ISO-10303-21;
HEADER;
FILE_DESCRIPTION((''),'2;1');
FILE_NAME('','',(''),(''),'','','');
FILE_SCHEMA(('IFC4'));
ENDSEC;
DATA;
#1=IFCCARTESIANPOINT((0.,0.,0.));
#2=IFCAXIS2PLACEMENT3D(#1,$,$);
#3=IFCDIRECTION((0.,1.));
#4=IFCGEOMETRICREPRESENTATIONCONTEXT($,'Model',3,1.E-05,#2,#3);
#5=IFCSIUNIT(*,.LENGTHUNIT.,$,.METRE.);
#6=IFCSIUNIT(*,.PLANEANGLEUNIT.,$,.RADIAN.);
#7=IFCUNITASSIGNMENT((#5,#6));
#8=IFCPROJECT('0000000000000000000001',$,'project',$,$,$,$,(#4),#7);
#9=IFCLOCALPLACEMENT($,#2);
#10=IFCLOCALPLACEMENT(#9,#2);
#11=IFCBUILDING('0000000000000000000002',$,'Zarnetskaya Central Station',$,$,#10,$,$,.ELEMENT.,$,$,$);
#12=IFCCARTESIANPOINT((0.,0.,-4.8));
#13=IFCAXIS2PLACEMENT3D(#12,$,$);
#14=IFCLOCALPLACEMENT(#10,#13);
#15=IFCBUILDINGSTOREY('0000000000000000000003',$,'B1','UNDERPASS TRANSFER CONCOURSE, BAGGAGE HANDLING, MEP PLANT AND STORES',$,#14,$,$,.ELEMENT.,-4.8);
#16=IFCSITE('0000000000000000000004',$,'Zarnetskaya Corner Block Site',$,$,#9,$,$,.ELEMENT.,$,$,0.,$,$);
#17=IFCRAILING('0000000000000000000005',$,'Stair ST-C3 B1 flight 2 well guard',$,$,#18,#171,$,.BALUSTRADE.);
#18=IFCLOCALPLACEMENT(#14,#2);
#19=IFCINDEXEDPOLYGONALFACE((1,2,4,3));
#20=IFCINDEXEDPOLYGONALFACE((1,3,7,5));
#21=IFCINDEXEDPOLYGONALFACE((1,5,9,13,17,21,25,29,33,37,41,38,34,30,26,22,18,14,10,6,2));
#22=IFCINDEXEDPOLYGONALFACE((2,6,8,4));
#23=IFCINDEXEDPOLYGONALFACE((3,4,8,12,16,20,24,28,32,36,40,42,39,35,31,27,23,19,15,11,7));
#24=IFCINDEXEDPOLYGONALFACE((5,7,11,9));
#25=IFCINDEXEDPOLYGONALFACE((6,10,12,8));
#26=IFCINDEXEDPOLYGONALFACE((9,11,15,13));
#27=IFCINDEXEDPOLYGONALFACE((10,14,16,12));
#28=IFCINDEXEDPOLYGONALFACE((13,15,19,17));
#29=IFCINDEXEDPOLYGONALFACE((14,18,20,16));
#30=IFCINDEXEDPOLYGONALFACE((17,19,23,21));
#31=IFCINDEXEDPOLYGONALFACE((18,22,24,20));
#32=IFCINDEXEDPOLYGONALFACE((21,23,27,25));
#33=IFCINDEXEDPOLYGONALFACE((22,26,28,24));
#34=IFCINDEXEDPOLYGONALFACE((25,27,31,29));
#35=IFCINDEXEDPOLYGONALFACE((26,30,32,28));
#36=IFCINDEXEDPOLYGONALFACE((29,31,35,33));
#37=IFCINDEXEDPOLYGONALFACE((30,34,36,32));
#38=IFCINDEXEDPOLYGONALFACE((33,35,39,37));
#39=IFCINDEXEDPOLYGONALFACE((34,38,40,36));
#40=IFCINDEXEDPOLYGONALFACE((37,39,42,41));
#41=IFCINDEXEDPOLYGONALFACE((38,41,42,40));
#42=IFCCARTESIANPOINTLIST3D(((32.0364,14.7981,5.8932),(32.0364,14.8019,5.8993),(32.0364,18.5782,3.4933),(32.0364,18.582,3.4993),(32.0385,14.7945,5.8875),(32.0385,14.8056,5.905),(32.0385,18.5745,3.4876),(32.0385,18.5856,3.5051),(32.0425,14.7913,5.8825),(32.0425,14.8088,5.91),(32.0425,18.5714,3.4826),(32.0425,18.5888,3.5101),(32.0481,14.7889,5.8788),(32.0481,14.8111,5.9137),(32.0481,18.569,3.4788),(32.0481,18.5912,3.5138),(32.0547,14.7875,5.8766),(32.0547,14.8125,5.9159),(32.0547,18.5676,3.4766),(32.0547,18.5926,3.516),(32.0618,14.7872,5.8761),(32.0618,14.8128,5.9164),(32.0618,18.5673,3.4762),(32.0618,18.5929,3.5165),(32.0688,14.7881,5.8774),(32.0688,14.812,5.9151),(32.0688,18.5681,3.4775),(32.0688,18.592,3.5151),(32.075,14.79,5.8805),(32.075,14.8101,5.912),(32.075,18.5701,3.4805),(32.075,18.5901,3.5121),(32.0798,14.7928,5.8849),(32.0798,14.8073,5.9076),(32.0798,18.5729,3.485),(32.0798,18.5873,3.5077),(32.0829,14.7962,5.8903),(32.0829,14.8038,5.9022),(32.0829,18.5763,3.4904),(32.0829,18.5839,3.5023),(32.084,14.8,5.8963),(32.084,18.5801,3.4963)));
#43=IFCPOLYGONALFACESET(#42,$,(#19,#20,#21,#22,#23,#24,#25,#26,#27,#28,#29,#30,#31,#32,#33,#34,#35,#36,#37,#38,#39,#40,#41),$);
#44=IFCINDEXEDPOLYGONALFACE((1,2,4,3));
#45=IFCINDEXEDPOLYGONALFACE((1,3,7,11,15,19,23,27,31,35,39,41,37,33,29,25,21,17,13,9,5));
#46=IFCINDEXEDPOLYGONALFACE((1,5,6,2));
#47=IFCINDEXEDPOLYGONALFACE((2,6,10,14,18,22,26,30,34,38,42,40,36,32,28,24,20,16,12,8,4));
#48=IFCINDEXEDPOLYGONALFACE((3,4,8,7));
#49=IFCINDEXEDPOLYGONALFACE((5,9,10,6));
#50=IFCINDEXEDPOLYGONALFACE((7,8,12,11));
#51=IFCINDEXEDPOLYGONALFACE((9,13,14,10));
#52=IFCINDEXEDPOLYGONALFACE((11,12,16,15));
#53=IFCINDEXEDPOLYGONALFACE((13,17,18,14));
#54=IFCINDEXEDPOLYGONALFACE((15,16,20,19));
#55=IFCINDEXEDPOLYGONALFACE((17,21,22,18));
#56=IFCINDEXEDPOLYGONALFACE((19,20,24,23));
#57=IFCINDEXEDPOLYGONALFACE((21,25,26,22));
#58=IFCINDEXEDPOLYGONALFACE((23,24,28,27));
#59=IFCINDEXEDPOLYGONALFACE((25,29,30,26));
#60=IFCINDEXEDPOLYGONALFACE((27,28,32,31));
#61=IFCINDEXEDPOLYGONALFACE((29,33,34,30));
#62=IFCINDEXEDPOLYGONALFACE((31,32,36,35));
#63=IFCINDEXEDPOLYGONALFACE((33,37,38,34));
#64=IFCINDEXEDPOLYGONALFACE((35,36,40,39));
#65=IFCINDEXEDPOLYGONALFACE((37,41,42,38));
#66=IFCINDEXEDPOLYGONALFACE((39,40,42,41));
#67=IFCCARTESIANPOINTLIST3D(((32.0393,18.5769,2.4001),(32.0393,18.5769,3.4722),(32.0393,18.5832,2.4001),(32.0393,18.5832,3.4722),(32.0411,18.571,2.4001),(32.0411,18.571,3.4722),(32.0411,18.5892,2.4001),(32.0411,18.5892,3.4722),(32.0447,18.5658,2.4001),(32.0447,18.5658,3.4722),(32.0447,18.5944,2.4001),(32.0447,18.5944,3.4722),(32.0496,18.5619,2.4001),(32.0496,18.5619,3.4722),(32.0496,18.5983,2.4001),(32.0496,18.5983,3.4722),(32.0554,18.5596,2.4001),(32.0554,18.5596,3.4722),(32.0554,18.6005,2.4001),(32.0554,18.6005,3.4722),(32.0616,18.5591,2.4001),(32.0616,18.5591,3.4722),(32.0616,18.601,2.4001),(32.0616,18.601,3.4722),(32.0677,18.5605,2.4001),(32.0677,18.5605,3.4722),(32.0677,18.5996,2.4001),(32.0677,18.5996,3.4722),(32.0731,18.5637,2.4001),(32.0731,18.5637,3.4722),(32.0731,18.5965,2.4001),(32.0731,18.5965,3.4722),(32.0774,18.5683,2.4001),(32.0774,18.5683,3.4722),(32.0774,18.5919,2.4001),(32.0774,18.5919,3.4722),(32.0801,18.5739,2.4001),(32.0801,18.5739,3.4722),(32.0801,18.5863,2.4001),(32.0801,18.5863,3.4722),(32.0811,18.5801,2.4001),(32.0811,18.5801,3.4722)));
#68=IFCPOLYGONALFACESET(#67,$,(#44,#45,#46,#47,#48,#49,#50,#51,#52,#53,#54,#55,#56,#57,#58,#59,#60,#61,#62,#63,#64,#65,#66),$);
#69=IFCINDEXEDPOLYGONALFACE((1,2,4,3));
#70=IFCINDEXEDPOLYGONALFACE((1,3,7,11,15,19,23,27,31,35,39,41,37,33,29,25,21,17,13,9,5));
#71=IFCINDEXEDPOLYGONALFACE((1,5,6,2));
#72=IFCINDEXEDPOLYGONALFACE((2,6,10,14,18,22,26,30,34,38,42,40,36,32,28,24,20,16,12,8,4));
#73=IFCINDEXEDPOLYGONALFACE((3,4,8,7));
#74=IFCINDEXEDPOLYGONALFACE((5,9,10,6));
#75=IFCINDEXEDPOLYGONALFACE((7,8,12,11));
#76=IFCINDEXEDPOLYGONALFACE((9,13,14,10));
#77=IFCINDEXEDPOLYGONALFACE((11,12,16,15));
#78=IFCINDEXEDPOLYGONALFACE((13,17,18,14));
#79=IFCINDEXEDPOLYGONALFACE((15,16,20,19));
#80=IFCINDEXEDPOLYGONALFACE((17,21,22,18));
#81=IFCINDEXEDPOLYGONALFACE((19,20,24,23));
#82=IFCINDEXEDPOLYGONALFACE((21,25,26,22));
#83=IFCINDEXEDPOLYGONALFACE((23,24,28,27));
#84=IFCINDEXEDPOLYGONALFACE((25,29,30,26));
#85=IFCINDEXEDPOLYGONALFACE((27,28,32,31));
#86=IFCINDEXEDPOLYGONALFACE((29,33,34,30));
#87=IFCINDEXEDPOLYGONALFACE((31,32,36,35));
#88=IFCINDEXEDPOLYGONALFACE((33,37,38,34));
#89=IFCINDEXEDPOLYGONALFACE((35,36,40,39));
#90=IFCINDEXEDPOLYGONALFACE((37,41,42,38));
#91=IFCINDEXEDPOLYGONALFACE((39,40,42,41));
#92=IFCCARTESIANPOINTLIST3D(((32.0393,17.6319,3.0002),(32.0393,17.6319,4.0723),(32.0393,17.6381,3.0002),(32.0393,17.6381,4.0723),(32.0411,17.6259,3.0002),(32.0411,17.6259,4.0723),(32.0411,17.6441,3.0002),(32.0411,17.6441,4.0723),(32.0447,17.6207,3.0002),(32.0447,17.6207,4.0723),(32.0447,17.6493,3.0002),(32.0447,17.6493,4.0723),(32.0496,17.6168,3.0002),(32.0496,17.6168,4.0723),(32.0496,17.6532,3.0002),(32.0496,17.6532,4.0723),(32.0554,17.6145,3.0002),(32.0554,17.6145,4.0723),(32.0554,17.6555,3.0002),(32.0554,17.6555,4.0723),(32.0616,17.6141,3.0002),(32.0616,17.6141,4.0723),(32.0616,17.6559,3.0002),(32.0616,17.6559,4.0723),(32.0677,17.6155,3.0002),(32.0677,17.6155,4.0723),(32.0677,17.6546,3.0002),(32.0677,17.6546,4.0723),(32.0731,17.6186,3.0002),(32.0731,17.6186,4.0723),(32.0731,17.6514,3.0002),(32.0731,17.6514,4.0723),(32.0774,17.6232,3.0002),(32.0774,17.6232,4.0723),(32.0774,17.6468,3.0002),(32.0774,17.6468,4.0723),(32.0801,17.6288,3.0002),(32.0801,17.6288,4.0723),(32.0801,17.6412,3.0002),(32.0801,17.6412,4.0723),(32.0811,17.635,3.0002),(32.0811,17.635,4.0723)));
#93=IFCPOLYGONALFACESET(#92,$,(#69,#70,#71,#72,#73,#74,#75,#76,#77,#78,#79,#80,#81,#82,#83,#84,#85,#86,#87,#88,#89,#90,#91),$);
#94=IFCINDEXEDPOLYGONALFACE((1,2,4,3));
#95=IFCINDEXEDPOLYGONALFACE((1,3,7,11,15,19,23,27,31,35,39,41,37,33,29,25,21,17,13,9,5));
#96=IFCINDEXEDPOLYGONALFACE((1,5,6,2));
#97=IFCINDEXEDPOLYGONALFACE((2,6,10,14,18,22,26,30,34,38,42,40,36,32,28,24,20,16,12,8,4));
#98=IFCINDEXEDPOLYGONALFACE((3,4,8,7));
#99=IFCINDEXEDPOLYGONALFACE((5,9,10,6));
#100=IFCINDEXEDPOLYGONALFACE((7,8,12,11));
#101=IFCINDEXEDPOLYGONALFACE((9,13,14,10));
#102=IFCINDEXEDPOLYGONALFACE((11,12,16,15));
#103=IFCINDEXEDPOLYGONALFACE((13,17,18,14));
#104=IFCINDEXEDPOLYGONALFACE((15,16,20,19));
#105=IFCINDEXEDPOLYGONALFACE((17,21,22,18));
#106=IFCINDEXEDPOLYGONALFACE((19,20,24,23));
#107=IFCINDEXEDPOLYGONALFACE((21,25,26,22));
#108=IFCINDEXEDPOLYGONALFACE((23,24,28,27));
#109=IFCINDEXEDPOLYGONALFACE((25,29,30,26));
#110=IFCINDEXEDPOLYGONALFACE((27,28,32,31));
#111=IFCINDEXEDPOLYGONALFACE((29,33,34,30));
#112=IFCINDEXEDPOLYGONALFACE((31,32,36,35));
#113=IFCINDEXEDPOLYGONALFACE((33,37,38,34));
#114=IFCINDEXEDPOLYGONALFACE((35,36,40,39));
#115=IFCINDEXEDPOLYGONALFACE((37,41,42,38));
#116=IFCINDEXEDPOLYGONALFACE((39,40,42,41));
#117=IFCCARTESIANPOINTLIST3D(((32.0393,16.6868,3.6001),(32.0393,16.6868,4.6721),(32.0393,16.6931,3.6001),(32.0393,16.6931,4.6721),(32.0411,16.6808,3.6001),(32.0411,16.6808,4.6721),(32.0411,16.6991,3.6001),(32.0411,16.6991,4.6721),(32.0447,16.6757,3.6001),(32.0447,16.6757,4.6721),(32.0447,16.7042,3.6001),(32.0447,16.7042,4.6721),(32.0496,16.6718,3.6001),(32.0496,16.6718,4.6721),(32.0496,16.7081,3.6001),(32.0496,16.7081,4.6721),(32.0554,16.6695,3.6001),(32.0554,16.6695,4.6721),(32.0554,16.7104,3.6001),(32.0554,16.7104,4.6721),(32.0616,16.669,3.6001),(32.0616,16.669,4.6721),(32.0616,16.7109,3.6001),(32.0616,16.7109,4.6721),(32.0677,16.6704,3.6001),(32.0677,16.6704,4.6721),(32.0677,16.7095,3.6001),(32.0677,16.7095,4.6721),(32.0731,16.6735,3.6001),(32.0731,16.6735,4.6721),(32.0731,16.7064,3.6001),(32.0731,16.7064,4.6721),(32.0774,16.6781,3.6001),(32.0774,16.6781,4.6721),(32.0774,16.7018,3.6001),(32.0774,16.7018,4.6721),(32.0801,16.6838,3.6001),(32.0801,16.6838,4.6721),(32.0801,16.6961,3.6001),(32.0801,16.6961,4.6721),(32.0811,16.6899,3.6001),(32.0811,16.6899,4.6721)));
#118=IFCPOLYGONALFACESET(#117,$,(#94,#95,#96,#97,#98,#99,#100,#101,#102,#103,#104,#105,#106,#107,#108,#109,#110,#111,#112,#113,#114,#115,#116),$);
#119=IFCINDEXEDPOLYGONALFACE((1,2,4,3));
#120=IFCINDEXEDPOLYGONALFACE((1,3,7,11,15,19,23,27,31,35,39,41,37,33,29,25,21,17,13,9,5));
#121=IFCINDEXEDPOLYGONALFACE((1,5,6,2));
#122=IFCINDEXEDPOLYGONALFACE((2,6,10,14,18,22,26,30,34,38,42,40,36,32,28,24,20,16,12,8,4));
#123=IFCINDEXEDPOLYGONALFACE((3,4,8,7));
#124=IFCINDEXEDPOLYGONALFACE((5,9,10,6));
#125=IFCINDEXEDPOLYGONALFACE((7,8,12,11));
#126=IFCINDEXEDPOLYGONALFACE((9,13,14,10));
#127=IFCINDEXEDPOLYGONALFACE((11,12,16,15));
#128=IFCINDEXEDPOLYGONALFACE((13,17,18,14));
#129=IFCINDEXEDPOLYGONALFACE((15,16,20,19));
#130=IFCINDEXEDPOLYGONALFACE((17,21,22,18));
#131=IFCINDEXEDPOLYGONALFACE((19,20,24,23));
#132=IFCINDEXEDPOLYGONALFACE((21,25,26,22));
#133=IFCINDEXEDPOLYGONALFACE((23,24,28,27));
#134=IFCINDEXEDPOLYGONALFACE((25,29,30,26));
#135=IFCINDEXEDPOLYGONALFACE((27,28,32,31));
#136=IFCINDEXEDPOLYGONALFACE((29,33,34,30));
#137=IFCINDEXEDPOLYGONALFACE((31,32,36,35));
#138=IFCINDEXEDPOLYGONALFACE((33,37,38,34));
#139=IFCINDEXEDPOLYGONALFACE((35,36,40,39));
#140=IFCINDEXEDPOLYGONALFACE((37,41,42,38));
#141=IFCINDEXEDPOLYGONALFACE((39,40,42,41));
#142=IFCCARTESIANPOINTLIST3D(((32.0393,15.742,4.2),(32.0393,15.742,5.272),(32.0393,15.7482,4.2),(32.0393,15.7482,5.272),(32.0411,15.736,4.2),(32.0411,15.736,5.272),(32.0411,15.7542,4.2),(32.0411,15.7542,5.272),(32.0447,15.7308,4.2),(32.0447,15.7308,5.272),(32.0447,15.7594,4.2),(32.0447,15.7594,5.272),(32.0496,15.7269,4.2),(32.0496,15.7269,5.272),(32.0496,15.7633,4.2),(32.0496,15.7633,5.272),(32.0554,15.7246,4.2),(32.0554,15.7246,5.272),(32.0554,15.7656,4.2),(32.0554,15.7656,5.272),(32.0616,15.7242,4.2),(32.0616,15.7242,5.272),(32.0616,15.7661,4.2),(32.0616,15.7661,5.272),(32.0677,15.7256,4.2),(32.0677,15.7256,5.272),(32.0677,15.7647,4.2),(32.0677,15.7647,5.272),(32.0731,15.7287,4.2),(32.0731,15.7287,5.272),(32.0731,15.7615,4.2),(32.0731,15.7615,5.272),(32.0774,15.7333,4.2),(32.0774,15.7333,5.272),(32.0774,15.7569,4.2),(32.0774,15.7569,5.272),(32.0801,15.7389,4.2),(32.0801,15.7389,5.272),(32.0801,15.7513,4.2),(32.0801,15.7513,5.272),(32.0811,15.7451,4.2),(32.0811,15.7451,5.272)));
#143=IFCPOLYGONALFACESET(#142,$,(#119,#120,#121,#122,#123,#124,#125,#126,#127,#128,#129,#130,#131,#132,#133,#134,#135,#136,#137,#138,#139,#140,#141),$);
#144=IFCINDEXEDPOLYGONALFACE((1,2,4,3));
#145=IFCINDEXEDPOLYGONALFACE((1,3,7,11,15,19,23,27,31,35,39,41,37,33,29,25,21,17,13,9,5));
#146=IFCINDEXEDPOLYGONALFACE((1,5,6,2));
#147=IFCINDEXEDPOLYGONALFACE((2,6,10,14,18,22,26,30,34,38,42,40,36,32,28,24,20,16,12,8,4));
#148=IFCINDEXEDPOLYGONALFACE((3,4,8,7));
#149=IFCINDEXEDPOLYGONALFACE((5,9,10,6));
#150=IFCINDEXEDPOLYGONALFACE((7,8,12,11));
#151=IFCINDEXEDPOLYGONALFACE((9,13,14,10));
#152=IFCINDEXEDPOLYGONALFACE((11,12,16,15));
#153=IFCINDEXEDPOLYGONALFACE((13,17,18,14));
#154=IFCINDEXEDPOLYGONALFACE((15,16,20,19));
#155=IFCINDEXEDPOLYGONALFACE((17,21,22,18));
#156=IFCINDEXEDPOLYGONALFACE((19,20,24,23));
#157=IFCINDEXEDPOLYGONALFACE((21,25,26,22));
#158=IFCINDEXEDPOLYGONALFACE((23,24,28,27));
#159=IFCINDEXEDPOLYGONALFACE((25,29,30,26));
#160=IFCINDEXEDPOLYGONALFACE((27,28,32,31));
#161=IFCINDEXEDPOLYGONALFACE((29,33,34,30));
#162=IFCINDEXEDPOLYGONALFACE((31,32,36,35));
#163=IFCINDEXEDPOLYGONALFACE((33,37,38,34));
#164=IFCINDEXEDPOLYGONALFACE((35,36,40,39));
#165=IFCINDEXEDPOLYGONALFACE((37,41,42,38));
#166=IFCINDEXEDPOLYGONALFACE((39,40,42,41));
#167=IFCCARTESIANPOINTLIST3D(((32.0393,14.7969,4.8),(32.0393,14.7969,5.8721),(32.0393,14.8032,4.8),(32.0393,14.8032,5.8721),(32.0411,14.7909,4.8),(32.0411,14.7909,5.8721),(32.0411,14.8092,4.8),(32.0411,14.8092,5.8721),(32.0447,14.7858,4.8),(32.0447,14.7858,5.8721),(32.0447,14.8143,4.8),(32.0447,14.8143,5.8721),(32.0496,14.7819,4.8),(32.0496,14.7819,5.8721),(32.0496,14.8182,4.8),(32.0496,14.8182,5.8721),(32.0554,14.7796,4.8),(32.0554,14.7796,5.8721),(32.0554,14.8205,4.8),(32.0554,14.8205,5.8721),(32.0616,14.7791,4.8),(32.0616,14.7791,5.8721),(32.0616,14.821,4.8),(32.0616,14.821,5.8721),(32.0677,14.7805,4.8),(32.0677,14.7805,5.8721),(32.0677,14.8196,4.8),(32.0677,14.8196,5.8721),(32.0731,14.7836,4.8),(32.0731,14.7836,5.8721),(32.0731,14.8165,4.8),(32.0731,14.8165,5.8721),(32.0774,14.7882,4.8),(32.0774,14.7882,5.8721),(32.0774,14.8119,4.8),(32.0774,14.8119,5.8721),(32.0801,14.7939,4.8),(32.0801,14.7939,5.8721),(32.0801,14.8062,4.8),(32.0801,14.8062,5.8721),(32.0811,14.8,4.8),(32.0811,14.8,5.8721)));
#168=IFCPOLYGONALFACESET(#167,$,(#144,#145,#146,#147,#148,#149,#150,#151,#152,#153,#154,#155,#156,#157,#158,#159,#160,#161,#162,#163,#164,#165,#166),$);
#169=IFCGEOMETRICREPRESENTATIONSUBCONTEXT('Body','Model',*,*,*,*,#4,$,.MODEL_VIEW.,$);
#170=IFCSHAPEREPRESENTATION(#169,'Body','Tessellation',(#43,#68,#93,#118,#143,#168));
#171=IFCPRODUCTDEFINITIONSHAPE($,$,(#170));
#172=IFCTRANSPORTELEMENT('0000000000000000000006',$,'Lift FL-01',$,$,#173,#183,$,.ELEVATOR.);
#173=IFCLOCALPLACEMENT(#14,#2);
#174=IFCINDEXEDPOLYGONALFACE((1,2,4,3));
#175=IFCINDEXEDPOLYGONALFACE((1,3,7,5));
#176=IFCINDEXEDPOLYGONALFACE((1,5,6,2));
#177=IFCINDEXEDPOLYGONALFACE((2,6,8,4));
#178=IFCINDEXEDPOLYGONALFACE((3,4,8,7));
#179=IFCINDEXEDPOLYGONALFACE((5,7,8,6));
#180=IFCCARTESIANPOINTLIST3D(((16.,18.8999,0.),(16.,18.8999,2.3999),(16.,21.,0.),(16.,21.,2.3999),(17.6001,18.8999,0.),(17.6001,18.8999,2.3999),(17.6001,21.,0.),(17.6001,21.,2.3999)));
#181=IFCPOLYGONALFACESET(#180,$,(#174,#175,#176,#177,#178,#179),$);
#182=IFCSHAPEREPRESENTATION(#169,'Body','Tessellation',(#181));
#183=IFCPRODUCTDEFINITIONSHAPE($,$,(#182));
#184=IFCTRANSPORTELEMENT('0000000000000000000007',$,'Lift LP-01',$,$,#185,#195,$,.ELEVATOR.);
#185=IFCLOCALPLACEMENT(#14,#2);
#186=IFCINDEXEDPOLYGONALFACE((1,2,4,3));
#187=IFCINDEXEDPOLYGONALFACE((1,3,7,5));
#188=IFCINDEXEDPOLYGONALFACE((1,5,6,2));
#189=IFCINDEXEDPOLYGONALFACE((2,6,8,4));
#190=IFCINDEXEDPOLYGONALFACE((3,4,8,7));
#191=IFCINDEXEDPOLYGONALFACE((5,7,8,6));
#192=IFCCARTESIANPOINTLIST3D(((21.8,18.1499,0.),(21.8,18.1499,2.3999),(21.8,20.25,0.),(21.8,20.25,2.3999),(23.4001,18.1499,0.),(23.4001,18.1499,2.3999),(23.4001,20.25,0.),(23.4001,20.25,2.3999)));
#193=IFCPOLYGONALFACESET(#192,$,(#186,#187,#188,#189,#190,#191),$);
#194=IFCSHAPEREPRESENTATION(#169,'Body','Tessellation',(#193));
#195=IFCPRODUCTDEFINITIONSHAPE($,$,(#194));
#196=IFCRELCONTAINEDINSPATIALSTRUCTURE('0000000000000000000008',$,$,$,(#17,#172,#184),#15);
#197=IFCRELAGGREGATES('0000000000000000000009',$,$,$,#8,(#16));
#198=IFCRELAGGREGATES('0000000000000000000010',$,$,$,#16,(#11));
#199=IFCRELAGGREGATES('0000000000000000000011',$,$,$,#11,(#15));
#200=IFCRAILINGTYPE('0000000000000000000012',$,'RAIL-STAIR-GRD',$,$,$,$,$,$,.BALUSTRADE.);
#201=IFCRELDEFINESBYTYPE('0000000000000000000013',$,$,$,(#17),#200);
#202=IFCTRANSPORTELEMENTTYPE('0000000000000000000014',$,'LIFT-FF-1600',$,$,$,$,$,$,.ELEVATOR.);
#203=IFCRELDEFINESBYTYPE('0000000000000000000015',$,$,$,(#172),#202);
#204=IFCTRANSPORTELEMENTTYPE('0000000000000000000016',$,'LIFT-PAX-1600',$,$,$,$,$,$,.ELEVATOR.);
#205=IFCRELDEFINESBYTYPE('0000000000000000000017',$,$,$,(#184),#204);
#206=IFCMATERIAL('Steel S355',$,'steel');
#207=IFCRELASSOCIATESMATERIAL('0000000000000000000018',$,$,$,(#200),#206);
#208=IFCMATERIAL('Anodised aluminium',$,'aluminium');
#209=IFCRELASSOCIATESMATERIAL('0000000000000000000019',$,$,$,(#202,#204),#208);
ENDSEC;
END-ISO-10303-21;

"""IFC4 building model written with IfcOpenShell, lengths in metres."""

from ifc_helpers import new_model, si_unit, direction, frame, origin, origin_2d, place, context, subcontext, project, spatial, rectangle, circle, extrude, material, type_object, element, save


model = new_model("IFC4")

# Units and contexts
model_context = context("Model", 3, precision=1e-05, world=origin(), true_north=direction((0.0, 1.0)))
body_context = subcontext(model_context, "Body", "Model", "MODEL_VIEW")
ifc_project = project(units=[si_unit("LENGTHUNIT", "METRE"), si_unit("PLANEANGLEUNIT", "RADIAN")], contexts=[model_context])

# Site, building, storey
site_placement = place(None, origin())
site = spatial("IfcSite", under=ifc_project, at=site_placement, Name="Zarnetskaya Corner Block Site", CompositionType="ELEMENT", RefElevation=0.0)
building_placement = place(site_placement, origin())
building = spatial("IfcBuilding", under=site, at=building_placement, Name="Zarnetskaya Central Station", CompositionType="ELEMENT")
storey_placement = place(building_placement, frame((0.0, 0.0, -4.8)))
storey = spatial("IfcBuildingStorey", under=building, at=storey_placement, Name="B1", Description="UNDERPASS TRANSFER CONCOURSE, BAGGAGE HANDLING, MEP PLANT AND STORES", CompositionType="ELEMENT", Elevation=-4.8)

# Shared definitions
ifc_material_1 = material(Name="Anodised aluminium", Category="aluminium")

# Railing
ifc_material_2 = material(Name="Steel S355", Category="steel")
railing_type_1 = type_object("IfcRailingType", Name="RAIL-STAIR-GRD", PredefinedType="BALUSTRADE", material=ifc_material_2)
railing_1_placement = place(storey_placement, frame((32.0601, 18.5801, 2.4001)))
element("IfcRailing", 1, at=railing_1_placement, inside=storey, type_object=railing_type_1, Name="Stair ST-C3 B1 flight 2 well guard", PredefinedType="BALUSTRADE", context=body_context, shape_type="SweptSolid", body=[
    extrude(circle(Radius=0.0239, at=origin_2d()), frame((0.0, 0.0, 1.0962), z_axis=(0.0, -0.844225, 0.53599), x_axis=(1.0, 0.0, 0.0)), (0.0, 0.0, 1.0), 4.4775),
    extrude(circle(Radius=0.021, at=origin_2d()), origin(), (0.0, 0.0, 1.0), 1.072),
    extrude(circle(Radius=0.021, at=origin_2d()), frame((0.0, -0.9451, 0.6001)), (0.0, 0.0, 1.0), 1.072),
    extrude(circle(Radius=0.021, at=origin_2d()), frame((0.0, -1.8901, 1.2)), (0.0, 0.0, 1.0), 1.072),
    extrude(circle(Radius=0.021, at=origin_2d()), frame((0.0, -2.835, 1.7998)), (0.0, 0.0, 1.0), 1.072),
    extrude(circle(Radius=0.021, at=origin_2d()), frame((0.0, -3.78, 2.3999)), (0.0, 0.0, 1.0), 1.072),
])

# Transport elements
transport_element_type_1 = type_object("IfcTransportElementType", Name="LIFT-FF-1600", PredefinedType="ELEVATOR", material=ifc_material_1)
transport_element_1_placement = place(storey_placement, frame((16.8, 19.95, 0.0), z_axis=(0.0, 0.0, 1.0), x_axis=(1.0, 0.0, 0.0)))
element("IfcTransportElement", 2, at=transport_element_1_placement, inside=storey, type_object=transport_element_type_1, Name="Lift FL-01", PredefinedType="ELEVATOR", context=body_context, shape_type="SweptSolid", body=[
    extrude(rectangle(XDim=1.6001, YDim=2.1001, at=origin_2d()), origin(), (0.0, 0.0, 1.0), 2.3999),
])
transport_element_type_2 = type_object("IfcTransportElementType", Name="LIFT-PAX-1600", PredefinedType="ELEVATOR", material=ifc_material_1)
transport_element_2_placement = place(storey_placement, frame((22.6001, 19.2, 0.0), z_axis=(0.0, 0.0, 1.0), x_axis=(1.0, 0.0, 0.0)))
element("IfcTransportElement", 3, at=transport_element_2_placement, inside=storey, type_object=transport_element_type_2, Name="Lift LP-01", PredefinedType="ELEVATOR", context=body_context, shape_type="SweptSolid", body=[
    extrude(rectangle(XDim=1.6001, YDim=2.1001, at=origin_2d()), origin(), (0.0, 0.0, 1.0), 2.3999),
])

save(model, "model.ifc")
